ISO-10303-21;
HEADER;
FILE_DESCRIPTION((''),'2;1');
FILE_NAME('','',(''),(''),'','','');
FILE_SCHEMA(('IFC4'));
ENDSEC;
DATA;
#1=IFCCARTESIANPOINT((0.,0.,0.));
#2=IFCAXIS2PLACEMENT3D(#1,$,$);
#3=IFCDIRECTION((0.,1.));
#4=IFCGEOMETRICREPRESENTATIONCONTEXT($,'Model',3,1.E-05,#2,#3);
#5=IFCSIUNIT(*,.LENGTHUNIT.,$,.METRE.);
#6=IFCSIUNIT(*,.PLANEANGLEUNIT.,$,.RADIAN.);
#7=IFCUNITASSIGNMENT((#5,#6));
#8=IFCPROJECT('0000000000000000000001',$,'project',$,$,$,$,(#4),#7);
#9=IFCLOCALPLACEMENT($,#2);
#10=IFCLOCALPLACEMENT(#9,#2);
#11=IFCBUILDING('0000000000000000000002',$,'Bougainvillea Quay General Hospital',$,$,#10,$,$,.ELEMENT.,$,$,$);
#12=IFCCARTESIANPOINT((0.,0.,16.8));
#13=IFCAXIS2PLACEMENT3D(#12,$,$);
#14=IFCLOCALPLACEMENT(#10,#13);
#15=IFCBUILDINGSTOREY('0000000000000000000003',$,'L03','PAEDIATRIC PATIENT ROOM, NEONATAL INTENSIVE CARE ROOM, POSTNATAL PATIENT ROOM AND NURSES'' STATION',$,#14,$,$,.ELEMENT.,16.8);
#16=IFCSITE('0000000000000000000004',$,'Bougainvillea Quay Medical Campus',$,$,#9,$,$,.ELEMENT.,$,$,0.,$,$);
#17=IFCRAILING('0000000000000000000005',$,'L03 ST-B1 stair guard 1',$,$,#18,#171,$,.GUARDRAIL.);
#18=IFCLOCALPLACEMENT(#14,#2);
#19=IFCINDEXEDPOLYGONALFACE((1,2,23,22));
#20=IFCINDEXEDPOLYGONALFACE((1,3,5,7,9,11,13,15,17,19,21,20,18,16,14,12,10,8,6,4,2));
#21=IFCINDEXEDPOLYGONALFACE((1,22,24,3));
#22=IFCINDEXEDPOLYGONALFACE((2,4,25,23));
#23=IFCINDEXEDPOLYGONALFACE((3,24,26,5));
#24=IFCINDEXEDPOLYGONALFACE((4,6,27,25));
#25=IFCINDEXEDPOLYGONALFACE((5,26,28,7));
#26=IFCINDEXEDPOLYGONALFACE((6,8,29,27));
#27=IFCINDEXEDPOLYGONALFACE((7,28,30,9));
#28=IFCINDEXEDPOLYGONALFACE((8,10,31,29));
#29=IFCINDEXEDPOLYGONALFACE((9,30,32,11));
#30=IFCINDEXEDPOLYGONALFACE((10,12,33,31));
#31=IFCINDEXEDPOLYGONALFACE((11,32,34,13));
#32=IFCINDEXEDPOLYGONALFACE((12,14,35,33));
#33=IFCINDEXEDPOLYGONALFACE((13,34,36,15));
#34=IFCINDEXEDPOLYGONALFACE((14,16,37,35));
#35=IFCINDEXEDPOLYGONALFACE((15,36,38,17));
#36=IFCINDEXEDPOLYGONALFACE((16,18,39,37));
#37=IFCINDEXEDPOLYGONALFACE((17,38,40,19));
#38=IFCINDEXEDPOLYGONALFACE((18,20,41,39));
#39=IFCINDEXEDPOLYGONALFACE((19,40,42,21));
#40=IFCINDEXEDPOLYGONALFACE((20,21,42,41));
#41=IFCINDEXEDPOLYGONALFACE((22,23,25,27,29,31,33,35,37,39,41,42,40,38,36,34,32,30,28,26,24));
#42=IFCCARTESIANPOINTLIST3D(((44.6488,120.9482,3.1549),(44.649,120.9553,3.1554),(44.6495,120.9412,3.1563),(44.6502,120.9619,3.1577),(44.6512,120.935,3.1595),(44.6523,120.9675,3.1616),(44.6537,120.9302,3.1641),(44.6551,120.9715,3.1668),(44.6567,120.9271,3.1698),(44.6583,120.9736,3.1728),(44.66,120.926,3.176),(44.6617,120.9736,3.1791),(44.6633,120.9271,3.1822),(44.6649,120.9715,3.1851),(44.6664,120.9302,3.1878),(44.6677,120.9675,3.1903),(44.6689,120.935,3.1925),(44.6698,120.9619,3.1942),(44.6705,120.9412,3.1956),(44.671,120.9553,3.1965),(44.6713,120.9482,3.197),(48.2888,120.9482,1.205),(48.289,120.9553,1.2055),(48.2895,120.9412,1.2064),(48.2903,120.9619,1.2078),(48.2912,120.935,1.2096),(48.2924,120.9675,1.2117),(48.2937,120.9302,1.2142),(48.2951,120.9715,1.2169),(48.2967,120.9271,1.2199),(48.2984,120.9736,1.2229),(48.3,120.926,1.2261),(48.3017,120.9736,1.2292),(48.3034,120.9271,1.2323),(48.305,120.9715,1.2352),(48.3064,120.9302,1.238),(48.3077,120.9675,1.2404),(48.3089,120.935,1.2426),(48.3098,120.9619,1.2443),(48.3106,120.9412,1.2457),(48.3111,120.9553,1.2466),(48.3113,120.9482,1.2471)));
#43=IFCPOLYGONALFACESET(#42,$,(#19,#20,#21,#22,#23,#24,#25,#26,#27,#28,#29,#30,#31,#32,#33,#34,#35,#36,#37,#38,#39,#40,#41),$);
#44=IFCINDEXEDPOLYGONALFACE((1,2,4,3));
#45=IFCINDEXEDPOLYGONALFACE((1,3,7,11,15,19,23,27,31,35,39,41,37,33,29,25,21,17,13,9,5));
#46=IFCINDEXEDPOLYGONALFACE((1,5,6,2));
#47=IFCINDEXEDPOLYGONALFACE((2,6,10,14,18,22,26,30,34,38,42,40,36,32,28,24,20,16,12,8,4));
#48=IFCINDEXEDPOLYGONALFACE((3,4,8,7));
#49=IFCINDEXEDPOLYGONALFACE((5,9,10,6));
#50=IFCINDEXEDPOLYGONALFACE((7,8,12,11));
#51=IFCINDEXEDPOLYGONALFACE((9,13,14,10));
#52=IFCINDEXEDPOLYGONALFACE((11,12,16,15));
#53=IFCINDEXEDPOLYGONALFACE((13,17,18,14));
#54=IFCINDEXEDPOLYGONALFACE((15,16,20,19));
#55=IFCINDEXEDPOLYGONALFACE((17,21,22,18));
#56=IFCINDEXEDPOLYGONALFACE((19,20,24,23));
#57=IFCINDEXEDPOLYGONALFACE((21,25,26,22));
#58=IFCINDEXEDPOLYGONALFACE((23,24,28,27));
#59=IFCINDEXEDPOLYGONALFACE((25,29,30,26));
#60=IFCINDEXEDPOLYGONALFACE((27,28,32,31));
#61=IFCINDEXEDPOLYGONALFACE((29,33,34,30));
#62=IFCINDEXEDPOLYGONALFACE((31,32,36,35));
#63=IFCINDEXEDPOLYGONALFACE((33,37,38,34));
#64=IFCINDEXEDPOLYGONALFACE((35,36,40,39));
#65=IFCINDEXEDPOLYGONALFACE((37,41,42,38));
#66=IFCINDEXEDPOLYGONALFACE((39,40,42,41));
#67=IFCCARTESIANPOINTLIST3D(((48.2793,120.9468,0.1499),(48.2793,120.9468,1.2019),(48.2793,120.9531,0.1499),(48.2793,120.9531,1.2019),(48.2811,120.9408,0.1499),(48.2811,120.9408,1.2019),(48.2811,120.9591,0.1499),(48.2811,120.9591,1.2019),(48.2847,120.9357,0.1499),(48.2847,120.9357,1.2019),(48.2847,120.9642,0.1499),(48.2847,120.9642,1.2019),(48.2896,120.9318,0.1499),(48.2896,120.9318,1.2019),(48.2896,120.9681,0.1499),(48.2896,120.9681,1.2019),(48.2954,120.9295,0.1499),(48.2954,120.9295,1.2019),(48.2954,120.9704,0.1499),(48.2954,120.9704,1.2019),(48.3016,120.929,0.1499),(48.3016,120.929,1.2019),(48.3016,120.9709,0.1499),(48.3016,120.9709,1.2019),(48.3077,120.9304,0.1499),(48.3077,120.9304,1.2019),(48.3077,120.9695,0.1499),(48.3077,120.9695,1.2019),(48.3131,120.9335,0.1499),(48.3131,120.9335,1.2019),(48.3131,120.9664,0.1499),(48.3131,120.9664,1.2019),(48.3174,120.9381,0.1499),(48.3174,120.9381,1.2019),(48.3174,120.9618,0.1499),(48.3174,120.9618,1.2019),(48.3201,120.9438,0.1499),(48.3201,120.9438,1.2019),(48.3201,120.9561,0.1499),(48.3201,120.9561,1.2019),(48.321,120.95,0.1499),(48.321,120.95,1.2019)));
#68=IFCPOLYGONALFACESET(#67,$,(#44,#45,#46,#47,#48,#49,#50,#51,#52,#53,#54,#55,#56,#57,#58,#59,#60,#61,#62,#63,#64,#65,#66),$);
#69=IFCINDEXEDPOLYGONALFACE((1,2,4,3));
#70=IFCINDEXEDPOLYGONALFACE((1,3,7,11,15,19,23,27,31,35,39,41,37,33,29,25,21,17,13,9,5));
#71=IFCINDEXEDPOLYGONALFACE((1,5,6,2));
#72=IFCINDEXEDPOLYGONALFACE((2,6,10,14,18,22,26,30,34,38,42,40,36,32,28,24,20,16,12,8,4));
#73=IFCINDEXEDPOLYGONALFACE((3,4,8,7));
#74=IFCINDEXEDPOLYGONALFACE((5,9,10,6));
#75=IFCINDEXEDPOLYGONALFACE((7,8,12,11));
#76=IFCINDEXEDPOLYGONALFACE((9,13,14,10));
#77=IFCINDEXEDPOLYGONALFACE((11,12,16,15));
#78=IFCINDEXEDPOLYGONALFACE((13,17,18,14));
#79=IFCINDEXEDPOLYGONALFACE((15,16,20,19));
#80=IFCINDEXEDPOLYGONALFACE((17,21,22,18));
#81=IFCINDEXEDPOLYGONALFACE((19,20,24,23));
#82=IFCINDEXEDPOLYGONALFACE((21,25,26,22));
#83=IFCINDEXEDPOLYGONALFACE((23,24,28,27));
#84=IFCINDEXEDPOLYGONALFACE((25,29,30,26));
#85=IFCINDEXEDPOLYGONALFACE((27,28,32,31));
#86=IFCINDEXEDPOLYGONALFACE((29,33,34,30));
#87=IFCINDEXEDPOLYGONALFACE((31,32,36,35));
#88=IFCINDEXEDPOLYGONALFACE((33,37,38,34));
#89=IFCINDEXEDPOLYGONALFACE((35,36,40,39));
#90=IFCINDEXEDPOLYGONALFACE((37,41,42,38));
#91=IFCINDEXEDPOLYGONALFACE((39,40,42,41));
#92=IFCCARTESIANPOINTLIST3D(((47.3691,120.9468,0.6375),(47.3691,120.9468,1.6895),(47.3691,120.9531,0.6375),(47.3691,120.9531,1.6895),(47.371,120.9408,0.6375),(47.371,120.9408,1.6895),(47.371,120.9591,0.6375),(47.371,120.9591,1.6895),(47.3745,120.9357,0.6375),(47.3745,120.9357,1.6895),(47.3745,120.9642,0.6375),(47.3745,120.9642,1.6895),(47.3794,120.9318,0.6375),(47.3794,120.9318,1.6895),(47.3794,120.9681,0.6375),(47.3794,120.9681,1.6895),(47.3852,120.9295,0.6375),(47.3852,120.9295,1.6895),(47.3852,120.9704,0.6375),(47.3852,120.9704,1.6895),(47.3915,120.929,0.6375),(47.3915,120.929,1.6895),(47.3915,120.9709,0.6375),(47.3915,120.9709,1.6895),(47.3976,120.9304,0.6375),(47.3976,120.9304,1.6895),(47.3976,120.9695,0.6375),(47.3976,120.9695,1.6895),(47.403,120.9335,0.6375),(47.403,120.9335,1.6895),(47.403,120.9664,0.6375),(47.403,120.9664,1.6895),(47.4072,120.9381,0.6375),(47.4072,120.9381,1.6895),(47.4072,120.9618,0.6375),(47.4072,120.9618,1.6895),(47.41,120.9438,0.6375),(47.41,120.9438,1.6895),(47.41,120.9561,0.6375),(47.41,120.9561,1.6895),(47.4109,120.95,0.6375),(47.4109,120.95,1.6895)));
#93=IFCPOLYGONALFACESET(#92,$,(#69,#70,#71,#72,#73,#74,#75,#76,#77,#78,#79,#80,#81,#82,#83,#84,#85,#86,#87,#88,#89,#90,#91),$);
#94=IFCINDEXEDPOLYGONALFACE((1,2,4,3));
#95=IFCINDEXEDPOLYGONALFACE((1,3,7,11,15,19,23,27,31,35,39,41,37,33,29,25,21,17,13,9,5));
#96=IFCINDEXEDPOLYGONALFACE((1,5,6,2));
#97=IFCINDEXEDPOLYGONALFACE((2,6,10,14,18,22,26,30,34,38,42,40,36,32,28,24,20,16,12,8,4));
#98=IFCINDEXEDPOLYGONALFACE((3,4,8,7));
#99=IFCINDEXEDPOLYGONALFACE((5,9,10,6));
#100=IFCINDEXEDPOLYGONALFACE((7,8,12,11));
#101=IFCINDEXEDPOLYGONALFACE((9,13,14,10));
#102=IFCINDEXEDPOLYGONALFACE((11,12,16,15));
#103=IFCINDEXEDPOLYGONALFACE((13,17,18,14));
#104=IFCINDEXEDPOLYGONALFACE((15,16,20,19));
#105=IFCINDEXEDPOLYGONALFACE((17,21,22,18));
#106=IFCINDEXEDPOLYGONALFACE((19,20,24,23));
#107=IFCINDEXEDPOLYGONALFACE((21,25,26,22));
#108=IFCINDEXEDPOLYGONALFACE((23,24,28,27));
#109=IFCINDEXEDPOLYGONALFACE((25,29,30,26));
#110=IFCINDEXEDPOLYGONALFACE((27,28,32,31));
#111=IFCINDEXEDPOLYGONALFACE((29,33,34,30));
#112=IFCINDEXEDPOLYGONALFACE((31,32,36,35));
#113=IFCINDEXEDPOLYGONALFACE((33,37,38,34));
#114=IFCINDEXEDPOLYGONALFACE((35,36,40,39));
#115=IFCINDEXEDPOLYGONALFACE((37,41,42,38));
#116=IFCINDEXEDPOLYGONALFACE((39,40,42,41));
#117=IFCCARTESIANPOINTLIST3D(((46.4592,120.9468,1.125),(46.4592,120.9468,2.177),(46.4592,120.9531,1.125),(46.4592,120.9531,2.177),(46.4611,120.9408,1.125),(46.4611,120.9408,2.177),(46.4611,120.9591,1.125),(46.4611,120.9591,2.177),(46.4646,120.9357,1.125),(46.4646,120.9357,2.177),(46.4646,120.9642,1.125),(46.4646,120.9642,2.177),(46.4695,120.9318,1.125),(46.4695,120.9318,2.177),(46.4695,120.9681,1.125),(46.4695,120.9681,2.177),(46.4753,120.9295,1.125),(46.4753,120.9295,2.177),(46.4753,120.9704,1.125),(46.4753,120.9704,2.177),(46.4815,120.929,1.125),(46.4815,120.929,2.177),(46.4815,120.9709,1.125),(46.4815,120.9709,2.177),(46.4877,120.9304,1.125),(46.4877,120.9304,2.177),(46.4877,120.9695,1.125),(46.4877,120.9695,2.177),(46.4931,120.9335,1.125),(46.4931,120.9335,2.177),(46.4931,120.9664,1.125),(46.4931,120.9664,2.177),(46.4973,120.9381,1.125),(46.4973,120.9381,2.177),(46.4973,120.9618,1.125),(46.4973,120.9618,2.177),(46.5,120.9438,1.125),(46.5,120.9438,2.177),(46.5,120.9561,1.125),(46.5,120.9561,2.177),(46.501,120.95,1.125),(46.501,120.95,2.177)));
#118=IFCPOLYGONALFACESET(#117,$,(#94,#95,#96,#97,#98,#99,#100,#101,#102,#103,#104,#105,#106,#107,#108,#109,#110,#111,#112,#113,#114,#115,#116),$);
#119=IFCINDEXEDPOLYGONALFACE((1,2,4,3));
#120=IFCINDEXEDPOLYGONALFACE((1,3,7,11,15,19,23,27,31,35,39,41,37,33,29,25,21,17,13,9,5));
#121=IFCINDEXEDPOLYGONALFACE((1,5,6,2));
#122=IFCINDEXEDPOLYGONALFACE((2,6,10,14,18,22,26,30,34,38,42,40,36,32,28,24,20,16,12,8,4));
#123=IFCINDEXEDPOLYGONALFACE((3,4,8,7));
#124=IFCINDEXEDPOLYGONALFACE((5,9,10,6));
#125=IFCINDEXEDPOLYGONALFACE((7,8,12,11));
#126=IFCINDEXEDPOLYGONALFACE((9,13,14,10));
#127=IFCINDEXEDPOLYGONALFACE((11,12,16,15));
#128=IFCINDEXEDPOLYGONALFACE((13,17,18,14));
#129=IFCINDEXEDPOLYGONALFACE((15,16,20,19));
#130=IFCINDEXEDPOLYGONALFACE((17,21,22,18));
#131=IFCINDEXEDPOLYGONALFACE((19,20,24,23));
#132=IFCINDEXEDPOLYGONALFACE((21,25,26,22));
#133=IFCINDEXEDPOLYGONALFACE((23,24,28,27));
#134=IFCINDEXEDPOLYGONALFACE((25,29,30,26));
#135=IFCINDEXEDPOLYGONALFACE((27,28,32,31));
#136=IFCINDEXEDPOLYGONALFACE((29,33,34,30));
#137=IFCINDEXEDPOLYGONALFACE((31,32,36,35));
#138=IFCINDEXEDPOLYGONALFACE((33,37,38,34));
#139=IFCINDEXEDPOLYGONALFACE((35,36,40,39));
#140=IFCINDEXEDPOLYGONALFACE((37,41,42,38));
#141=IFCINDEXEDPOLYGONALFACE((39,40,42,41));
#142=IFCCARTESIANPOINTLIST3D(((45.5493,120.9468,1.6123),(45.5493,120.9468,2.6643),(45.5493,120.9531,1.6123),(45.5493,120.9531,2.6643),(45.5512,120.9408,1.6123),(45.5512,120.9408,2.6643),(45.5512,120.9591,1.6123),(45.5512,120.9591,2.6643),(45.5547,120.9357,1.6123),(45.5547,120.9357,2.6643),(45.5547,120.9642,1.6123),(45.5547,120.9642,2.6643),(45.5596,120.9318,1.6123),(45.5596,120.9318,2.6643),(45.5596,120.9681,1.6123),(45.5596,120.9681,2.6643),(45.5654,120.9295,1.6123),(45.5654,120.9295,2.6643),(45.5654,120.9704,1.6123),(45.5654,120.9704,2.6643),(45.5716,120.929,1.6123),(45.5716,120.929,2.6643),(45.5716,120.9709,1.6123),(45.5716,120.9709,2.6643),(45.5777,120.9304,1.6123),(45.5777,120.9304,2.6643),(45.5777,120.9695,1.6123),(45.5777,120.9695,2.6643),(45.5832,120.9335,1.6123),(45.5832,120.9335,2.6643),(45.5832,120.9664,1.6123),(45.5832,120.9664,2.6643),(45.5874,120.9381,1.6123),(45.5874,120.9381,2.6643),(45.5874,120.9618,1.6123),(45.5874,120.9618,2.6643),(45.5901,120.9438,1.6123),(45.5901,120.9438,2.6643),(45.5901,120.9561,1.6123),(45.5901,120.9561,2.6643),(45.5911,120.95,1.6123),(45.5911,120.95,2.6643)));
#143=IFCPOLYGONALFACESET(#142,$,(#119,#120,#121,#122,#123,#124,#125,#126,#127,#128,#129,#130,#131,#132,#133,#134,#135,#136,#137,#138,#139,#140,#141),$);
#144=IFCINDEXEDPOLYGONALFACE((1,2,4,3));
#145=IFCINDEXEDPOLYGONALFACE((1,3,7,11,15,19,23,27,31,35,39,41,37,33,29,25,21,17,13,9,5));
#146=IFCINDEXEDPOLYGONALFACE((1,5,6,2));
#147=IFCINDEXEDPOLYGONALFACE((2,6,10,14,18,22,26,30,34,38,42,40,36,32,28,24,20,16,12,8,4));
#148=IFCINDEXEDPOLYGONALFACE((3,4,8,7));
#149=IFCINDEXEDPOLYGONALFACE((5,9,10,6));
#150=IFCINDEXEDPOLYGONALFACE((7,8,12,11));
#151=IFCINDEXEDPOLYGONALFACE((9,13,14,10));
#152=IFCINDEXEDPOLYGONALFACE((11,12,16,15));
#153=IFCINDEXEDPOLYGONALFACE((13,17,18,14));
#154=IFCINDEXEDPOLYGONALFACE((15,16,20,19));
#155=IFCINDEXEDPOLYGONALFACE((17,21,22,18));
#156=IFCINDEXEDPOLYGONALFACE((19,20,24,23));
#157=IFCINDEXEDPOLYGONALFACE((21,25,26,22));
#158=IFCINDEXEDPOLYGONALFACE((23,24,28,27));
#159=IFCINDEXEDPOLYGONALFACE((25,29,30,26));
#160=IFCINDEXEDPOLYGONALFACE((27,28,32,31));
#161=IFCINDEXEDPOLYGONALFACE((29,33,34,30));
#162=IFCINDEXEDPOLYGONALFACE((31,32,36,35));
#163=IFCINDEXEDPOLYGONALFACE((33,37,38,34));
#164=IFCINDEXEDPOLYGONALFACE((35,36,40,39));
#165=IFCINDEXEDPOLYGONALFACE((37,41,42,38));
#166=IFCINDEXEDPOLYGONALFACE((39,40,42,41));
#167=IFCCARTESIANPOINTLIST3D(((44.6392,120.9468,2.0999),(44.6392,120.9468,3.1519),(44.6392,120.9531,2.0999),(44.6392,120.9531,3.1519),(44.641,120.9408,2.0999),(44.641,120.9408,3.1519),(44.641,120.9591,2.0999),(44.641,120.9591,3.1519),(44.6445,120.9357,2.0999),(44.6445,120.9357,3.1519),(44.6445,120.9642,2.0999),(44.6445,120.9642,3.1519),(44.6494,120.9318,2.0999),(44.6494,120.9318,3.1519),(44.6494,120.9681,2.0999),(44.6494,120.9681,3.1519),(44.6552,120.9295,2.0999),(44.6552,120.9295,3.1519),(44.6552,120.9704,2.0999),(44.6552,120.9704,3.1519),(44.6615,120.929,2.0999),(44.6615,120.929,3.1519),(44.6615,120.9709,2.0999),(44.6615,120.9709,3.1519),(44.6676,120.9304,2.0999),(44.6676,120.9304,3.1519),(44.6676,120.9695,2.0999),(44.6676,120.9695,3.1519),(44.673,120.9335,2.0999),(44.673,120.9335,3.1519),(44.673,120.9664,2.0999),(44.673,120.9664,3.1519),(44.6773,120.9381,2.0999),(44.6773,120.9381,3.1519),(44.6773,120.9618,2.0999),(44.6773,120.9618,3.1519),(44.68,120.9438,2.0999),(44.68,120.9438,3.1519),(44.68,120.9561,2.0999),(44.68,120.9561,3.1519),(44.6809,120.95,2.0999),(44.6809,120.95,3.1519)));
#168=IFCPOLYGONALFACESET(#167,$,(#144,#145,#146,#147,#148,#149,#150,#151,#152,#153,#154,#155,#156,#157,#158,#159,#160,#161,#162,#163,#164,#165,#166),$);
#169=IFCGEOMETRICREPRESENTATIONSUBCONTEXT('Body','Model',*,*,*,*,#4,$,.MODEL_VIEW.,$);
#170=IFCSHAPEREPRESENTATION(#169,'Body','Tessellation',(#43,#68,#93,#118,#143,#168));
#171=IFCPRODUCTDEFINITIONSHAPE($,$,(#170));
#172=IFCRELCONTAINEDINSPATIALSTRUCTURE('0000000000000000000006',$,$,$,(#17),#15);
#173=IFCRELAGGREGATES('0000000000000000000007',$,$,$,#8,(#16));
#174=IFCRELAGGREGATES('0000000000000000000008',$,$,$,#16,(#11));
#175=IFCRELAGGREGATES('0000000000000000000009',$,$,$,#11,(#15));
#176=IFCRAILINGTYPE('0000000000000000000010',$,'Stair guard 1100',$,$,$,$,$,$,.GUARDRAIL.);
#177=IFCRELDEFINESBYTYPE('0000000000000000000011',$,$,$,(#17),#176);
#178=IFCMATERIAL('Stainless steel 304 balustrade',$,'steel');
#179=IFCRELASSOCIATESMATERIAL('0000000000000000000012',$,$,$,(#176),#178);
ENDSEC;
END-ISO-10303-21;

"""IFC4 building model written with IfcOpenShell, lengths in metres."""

from ifc_helpers import new_model, si_unit, direction, frame, origin, origin_2d, place, context, subcontext, project, spatial, circle, extrude, material, type_object, element, save


model = new_model("IFC4")

# Units and contexts
model_context = context("Model", 3, precision=1e-05, world=origin(), true_north=direction((0.0, 1.0)))
body_context = subcontext(model_context, "Body", "Model", "MODEL_VIEW")
ifc_project = project(units=[si_unit("LENGTHUNIT", "METRE"), si_unit("PLANEANGLEUNIT", "RADIAN")], contexts=[model_context])

# Site, building, storey
site_placement = place(None, origin())
site = spatial("IfcSite", under=ifc_project, at=site_placement, Name="Bougainvillea Quay Medical Campus", CompositionType="ELEMENT", RefElevation=0.0)
building_placement = place(site_placement, origin())
building = spatial("IfcBuilding", under=site, at=building_placement, Name="Bougainvillea Quay General Hospital", CompositionType="ELEMENT")
storey_placement = place(building_placement, frame((0.0, 0.0, 16.8)))
storey = spatial("IfcBuildingStorey", under=building, at=storey_placement, Name="L03", Description="PAEDIATRIC PATIENT ROOM, NEONATAL INTENSIVE CARE ROOM, POSTNATAL PATIENT ROOM AND NURSES' STATION", CompositionType="ELEMENT", Elevation=16.8)

# Railing
ifc_material_1 = material(Name="Stainless steel 304 balustrade", Category="steel")
railing_type_1 = type_object("IfcRailingType", Name="Stair guard 1100", PredefinedType="GUARDRAIL", material=ifc_material_1)
railing_1_placement = place(storey_placement, frame((48.3, 120.95, 0.1499)))
element("IfcRailing", 1, at=railing_1_placement, inside=storey, type_object=railing_type_1, Name="L03 ST-B1 stair guard 1", PredefinedType="GUARDRAIL", context=body_context, shape_type="SweptSolid", body=[
    extrude(circle(Radius=0.0239, at=origin_2d()), frame((0.0, 0.0, 1.0762), z_axis=(-0.881492, 0.0, 0.472198), x_axis=(0.0, -1.0, 0.0)), (0.0, 0.0, 1.0), 4.1294),
    extrude(circle(Radius=0.021, at=origin_2d()), origin(), (0.0, 0.0, 1.0), 1.052),
    extrude(circle(Radius=0.021, at=origin_2d()), frame((-0.9102, 0.0, 0.4875)), (0.0, 0.0, 1.0), 1.052),
    extrude(circle(Radius=0.021, at=origin_2d()), frame((-1.8201, 0.0, 0.9751)), (0.0, 0.0, 1.0), 1.052),
    extrude(circle(Radius=0.021, at=origin_2d()), frame((-2.73, 0.0, 1.4624)), (0.0, 0.0, 1.0), 1.052),
    extrude(circle(Radius=0.021, at=origin_2d()), frame((-3.6401, 0.0, 1.95)), (0.0, 0.0, 1.0), 1.052),
])

save(model, "model.ifc")
